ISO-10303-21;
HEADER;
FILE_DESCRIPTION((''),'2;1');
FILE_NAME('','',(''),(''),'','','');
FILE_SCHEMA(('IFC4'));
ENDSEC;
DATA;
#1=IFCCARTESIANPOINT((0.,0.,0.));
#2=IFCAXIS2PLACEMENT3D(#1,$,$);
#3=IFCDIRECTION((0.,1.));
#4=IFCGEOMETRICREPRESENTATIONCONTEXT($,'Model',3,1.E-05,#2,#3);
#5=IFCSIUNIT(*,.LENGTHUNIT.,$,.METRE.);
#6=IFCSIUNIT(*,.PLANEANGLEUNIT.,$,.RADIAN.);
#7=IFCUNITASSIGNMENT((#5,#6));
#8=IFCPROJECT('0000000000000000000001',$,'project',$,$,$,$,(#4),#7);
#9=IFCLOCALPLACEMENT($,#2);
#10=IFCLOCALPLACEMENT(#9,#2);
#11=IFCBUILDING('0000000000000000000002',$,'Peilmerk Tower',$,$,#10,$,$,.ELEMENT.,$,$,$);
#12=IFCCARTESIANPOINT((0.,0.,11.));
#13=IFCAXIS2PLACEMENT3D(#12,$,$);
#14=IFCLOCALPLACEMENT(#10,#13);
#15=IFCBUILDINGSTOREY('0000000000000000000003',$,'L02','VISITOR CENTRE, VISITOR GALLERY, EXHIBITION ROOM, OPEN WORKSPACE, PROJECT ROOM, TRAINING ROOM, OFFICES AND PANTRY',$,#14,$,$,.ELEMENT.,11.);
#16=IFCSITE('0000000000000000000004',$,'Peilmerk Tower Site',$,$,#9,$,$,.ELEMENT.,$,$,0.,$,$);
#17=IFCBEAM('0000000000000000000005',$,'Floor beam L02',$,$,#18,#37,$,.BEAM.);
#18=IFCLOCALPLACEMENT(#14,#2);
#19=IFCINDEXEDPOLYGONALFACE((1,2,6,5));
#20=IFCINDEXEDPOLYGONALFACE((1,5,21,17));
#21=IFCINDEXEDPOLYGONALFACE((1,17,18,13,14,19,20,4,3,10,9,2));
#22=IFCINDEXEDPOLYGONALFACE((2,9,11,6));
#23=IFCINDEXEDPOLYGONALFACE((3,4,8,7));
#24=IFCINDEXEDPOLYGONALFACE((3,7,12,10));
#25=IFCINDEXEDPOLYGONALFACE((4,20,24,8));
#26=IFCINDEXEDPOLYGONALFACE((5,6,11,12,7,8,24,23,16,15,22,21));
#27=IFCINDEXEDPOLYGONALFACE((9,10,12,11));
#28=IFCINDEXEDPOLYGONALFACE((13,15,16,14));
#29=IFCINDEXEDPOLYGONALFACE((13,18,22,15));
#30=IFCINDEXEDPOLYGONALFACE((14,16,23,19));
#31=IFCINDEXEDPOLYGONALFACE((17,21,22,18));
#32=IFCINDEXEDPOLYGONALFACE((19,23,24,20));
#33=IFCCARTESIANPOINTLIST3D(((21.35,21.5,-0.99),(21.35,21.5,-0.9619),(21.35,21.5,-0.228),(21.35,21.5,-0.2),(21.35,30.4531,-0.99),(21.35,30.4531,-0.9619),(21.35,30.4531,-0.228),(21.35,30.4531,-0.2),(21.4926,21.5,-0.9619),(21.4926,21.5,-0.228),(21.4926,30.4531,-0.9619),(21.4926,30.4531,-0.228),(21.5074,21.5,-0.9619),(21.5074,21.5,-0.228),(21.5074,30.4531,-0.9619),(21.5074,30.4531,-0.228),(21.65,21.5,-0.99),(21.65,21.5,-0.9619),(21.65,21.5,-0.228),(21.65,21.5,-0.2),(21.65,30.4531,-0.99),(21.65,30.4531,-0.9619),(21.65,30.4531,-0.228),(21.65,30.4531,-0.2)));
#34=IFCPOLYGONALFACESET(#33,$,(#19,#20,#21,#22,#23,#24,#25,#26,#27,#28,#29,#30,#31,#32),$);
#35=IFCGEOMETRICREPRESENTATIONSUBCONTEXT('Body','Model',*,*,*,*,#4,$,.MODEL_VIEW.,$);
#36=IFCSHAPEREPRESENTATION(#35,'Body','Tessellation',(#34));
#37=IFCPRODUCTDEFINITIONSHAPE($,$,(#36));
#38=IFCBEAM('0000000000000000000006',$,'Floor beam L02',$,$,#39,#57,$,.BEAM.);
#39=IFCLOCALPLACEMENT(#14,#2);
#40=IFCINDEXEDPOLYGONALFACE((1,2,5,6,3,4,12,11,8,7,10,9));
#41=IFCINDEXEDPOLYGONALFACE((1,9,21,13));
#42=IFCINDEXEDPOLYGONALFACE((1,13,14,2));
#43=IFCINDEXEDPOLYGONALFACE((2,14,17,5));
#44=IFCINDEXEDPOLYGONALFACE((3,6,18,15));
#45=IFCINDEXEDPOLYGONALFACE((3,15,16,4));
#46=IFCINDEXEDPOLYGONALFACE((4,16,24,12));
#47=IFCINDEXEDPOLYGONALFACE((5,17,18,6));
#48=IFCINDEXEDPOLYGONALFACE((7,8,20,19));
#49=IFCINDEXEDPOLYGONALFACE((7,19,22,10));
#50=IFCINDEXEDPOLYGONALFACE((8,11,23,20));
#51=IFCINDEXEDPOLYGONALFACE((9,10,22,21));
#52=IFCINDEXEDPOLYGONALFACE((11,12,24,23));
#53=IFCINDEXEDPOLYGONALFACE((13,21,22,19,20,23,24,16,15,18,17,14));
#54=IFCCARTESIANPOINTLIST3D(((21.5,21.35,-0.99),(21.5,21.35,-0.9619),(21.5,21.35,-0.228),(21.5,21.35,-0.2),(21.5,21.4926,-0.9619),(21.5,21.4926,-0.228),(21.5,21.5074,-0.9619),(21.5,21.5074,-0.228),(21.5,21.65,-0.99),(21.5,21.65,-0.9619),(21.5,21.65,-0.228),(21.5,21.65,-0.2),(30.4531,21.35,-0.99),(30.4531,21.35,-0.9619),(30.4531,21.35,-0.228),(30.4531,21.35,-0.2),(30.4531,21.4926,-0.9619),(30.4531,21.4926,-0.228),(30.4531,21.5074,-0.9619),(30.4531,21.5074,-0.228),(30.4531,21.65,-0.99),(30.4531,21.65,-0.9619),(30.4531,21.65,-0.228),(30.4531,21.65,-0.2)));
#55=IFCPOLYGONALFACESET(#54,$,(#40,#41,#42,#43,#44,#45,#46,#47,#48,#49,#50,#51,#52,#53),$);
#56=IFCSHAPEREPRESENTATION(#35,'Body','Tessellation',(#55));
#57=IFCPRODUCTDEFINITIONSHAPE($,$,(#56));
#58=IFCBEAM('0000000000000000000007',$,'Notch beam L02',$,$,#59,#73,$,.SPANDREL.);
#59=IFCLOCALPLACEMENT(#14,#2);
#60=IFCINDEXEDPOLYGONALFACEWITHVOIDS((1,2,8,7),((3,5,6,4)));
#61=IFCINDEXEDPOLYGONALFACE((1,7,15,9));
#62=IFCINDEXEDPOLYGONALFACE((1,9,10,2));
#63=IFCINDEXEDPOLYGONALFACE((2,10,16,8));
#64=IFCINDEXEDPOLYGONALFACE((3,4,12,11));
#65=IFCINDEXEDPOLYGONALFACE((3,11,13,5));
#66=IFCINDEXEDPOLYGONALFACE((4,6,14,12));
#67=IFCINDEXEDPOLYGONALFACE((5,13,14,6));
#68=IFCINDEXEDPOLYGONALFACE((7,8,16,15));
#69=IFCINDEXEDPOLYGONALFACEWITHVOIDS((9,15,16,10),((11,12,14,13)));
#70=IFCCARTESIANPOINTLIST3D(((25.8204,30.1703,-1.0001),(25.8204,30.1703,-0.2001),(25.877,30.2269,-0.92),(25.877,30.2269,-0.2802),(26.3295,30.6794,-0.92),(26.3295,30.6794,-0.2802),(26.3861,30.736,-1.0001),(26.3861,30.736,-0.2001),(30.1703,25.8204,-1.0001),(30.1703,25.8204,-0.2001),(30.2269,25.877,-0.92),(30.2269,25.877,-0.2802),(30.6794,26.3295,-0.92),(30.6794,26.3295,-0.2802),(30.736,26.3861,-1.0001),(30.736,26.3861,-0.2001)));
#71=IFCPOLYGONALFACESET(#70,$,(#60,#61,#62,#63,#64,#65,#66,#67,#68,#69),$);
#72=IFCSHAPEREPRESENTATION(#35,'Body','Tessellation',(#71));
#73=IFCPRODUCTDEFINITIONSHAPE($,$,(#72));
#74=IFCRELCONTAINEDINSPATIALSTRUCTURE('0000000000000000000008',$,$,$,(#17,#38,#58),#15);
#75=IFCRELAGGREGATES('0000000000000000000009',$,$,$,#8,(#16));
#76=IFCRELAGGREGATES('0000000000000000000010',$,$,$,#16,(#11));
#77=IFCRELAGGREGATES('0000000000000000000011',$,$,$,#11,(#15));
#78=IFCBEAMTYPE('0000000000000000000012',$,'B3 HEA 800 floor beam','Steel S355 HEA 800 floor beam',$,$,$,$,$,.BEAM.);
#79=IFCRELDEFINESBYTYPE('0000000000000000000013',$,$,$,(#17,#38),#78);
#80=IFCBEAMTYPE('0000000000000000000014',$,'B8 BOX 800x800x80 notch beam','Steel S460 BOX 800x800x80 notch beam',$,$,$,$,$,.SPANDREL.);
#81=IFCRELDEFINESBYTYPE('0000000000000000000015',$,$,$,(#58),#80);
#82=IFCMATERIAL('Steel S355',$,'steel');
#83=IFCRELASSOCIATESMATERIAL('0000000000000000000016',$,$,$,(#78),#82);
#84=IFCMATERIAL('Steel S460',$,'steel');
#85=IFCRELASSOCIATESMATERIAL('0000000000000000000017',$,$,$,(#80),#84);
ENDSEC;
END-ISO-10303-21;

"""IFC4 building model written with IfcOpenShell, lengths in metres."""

from ifc_helpers import new_model, si_unit, direction, frame, origin, origin_2d, place, context, subcontext, project, spatial, hollow_rectangle, i_section, extrude, material, material_profile, profile_set, type_object, element, save


model = new_model("IFC4")

# Units and contexts
model_context = context("Model", 3, precision=1e-05, world=origin(), true_north=direction((0.0, 1.0)))
body_context = subcontext(model_context, "Body", "Model", "MODEL_VIEW")
ifc_project = project(units=[si_unit("LENGTHUNIT", "METRE"), si_unit("PLANEANGLEUNIT", "RADIAN")], contexts=[model_context])

# Site, building, storey
site_placement = place(None, origin())
site = spatial("IfcSite", under=ifc_project, at=site_placement, Name="Peilmerk Tower Site", CompositionType="ELEMENT", RefElevation=0.0)
building_placement = place(site_placement, origin())
building = spatial("IfcBuilding", under=site, at=building_placement, Name="Peilmerk Tower", CompositionType="ELEMENT")
storey_placement = place(building_placement, frame((0.0, 0.0, 11.0)))
storey = spatial("IfcBuildingStorey", under=building, at=storey_placement, Name="L02", Description="VISITOR CENTRE, VISITOR GALLERY, EXHIBITION ROOM, OPEN WORKSPACE, PROJECT ROOM, TRAINING ROOM, OFFICES AND PANTRY", CompositionType="ELEMENT", Elevation=11.0)

# Beams
ifc_material_1 = material(Name="Steel S355", Category="steel")
ifc_material_profile_1 = material_profile(ifc_material_1, i_section(OverallWidth=0.3, OverallDepth=0.79, WebThickness=0.0149, FlangeThickness=0.0281, at=origin_2d()), Name="HEA 800")
ifc_profile_set_1 = profile_set([ifc_material_profile_1], Name="Steel S355")
beam_type_1 = type_object("IfcBeamType", Name="B3 HEA 800 floor beam", Description="Steel S355 HEA 800 floor beam", PredefinedType="BEAM", material=ifc_profile_set_1)
for number, where, z_axis, x_axis, name in (
    (1, (21.5, 21.5, -0.595), (0.0, 1.0, 0.0), (-1.0, 0.0, 0.0), "Floor beam L02"),
    (2, (21.5, 21.5, -0.595), (1.0, 0.0, 0.0), (0.0, 1.0, 0.0), "Floor beam L02"),
):
    element("IfcBeam", number, at=place(storey_placement, frame(where, z_axis=z_axis, x_axis=x_axis)), inside=storey, type_object=beam_type_1, Name=name, PredefinedType="BEAM", context=body_context, shape_type="SweptSolid", body=[
        extrude(i_section(OverallWidth=0.3, OverallDepth=0.79, WebThickness=0.0149, FlangeThickness=0.0281, at=origin_2d()), origin(), (0.0, 0.0, 1.0), 8.9531),
    ])
ifc_material_2 = material(Name="Steel S460", Category="steel")
ifc_material_profile_2 = material_profile(ifc_material_2, hollow_rectangle(XDim=0.8, YDim=0.8, WallThickness=0.0801, at=origin_2d()), Name="BOX 800x800x80")
ifc_profile_set_2 = profile_set([ifc_material_profile_2], Name="Steel S460")
beam_type_2 = type_object("IfcBeamType", Name="B8 BOX 800x800x80 notch beam", Description="Steel S460 BOX 800x800x80 notch beam", PredefinedType="SPANDREL", material=ifc_profile_set_2)
beam_1_placement = place(storey_placement, frame((26.1033, 30.4531, -0.6001), z_axis=(0.707107, -0.707107, 0.0), x_axis=(0.707107, 0.707107, 0.0)))
element("IfcBeam", 3, at=beam_1_placement, inside=storey, type_object=beam_type_2, Name="Notch beam L02", PredefinedType="SPANDREL", context=body_context, shape_type="SweptSolid", body=[
    extrude(hollow_rectangle(XDim=0.8, YDim=0.8, WallThickness=0.0801, at=origin_2d()), origin(), (0.0, 0.0, 1.0), 6.1516),
])

save(model, "model.ifc")
